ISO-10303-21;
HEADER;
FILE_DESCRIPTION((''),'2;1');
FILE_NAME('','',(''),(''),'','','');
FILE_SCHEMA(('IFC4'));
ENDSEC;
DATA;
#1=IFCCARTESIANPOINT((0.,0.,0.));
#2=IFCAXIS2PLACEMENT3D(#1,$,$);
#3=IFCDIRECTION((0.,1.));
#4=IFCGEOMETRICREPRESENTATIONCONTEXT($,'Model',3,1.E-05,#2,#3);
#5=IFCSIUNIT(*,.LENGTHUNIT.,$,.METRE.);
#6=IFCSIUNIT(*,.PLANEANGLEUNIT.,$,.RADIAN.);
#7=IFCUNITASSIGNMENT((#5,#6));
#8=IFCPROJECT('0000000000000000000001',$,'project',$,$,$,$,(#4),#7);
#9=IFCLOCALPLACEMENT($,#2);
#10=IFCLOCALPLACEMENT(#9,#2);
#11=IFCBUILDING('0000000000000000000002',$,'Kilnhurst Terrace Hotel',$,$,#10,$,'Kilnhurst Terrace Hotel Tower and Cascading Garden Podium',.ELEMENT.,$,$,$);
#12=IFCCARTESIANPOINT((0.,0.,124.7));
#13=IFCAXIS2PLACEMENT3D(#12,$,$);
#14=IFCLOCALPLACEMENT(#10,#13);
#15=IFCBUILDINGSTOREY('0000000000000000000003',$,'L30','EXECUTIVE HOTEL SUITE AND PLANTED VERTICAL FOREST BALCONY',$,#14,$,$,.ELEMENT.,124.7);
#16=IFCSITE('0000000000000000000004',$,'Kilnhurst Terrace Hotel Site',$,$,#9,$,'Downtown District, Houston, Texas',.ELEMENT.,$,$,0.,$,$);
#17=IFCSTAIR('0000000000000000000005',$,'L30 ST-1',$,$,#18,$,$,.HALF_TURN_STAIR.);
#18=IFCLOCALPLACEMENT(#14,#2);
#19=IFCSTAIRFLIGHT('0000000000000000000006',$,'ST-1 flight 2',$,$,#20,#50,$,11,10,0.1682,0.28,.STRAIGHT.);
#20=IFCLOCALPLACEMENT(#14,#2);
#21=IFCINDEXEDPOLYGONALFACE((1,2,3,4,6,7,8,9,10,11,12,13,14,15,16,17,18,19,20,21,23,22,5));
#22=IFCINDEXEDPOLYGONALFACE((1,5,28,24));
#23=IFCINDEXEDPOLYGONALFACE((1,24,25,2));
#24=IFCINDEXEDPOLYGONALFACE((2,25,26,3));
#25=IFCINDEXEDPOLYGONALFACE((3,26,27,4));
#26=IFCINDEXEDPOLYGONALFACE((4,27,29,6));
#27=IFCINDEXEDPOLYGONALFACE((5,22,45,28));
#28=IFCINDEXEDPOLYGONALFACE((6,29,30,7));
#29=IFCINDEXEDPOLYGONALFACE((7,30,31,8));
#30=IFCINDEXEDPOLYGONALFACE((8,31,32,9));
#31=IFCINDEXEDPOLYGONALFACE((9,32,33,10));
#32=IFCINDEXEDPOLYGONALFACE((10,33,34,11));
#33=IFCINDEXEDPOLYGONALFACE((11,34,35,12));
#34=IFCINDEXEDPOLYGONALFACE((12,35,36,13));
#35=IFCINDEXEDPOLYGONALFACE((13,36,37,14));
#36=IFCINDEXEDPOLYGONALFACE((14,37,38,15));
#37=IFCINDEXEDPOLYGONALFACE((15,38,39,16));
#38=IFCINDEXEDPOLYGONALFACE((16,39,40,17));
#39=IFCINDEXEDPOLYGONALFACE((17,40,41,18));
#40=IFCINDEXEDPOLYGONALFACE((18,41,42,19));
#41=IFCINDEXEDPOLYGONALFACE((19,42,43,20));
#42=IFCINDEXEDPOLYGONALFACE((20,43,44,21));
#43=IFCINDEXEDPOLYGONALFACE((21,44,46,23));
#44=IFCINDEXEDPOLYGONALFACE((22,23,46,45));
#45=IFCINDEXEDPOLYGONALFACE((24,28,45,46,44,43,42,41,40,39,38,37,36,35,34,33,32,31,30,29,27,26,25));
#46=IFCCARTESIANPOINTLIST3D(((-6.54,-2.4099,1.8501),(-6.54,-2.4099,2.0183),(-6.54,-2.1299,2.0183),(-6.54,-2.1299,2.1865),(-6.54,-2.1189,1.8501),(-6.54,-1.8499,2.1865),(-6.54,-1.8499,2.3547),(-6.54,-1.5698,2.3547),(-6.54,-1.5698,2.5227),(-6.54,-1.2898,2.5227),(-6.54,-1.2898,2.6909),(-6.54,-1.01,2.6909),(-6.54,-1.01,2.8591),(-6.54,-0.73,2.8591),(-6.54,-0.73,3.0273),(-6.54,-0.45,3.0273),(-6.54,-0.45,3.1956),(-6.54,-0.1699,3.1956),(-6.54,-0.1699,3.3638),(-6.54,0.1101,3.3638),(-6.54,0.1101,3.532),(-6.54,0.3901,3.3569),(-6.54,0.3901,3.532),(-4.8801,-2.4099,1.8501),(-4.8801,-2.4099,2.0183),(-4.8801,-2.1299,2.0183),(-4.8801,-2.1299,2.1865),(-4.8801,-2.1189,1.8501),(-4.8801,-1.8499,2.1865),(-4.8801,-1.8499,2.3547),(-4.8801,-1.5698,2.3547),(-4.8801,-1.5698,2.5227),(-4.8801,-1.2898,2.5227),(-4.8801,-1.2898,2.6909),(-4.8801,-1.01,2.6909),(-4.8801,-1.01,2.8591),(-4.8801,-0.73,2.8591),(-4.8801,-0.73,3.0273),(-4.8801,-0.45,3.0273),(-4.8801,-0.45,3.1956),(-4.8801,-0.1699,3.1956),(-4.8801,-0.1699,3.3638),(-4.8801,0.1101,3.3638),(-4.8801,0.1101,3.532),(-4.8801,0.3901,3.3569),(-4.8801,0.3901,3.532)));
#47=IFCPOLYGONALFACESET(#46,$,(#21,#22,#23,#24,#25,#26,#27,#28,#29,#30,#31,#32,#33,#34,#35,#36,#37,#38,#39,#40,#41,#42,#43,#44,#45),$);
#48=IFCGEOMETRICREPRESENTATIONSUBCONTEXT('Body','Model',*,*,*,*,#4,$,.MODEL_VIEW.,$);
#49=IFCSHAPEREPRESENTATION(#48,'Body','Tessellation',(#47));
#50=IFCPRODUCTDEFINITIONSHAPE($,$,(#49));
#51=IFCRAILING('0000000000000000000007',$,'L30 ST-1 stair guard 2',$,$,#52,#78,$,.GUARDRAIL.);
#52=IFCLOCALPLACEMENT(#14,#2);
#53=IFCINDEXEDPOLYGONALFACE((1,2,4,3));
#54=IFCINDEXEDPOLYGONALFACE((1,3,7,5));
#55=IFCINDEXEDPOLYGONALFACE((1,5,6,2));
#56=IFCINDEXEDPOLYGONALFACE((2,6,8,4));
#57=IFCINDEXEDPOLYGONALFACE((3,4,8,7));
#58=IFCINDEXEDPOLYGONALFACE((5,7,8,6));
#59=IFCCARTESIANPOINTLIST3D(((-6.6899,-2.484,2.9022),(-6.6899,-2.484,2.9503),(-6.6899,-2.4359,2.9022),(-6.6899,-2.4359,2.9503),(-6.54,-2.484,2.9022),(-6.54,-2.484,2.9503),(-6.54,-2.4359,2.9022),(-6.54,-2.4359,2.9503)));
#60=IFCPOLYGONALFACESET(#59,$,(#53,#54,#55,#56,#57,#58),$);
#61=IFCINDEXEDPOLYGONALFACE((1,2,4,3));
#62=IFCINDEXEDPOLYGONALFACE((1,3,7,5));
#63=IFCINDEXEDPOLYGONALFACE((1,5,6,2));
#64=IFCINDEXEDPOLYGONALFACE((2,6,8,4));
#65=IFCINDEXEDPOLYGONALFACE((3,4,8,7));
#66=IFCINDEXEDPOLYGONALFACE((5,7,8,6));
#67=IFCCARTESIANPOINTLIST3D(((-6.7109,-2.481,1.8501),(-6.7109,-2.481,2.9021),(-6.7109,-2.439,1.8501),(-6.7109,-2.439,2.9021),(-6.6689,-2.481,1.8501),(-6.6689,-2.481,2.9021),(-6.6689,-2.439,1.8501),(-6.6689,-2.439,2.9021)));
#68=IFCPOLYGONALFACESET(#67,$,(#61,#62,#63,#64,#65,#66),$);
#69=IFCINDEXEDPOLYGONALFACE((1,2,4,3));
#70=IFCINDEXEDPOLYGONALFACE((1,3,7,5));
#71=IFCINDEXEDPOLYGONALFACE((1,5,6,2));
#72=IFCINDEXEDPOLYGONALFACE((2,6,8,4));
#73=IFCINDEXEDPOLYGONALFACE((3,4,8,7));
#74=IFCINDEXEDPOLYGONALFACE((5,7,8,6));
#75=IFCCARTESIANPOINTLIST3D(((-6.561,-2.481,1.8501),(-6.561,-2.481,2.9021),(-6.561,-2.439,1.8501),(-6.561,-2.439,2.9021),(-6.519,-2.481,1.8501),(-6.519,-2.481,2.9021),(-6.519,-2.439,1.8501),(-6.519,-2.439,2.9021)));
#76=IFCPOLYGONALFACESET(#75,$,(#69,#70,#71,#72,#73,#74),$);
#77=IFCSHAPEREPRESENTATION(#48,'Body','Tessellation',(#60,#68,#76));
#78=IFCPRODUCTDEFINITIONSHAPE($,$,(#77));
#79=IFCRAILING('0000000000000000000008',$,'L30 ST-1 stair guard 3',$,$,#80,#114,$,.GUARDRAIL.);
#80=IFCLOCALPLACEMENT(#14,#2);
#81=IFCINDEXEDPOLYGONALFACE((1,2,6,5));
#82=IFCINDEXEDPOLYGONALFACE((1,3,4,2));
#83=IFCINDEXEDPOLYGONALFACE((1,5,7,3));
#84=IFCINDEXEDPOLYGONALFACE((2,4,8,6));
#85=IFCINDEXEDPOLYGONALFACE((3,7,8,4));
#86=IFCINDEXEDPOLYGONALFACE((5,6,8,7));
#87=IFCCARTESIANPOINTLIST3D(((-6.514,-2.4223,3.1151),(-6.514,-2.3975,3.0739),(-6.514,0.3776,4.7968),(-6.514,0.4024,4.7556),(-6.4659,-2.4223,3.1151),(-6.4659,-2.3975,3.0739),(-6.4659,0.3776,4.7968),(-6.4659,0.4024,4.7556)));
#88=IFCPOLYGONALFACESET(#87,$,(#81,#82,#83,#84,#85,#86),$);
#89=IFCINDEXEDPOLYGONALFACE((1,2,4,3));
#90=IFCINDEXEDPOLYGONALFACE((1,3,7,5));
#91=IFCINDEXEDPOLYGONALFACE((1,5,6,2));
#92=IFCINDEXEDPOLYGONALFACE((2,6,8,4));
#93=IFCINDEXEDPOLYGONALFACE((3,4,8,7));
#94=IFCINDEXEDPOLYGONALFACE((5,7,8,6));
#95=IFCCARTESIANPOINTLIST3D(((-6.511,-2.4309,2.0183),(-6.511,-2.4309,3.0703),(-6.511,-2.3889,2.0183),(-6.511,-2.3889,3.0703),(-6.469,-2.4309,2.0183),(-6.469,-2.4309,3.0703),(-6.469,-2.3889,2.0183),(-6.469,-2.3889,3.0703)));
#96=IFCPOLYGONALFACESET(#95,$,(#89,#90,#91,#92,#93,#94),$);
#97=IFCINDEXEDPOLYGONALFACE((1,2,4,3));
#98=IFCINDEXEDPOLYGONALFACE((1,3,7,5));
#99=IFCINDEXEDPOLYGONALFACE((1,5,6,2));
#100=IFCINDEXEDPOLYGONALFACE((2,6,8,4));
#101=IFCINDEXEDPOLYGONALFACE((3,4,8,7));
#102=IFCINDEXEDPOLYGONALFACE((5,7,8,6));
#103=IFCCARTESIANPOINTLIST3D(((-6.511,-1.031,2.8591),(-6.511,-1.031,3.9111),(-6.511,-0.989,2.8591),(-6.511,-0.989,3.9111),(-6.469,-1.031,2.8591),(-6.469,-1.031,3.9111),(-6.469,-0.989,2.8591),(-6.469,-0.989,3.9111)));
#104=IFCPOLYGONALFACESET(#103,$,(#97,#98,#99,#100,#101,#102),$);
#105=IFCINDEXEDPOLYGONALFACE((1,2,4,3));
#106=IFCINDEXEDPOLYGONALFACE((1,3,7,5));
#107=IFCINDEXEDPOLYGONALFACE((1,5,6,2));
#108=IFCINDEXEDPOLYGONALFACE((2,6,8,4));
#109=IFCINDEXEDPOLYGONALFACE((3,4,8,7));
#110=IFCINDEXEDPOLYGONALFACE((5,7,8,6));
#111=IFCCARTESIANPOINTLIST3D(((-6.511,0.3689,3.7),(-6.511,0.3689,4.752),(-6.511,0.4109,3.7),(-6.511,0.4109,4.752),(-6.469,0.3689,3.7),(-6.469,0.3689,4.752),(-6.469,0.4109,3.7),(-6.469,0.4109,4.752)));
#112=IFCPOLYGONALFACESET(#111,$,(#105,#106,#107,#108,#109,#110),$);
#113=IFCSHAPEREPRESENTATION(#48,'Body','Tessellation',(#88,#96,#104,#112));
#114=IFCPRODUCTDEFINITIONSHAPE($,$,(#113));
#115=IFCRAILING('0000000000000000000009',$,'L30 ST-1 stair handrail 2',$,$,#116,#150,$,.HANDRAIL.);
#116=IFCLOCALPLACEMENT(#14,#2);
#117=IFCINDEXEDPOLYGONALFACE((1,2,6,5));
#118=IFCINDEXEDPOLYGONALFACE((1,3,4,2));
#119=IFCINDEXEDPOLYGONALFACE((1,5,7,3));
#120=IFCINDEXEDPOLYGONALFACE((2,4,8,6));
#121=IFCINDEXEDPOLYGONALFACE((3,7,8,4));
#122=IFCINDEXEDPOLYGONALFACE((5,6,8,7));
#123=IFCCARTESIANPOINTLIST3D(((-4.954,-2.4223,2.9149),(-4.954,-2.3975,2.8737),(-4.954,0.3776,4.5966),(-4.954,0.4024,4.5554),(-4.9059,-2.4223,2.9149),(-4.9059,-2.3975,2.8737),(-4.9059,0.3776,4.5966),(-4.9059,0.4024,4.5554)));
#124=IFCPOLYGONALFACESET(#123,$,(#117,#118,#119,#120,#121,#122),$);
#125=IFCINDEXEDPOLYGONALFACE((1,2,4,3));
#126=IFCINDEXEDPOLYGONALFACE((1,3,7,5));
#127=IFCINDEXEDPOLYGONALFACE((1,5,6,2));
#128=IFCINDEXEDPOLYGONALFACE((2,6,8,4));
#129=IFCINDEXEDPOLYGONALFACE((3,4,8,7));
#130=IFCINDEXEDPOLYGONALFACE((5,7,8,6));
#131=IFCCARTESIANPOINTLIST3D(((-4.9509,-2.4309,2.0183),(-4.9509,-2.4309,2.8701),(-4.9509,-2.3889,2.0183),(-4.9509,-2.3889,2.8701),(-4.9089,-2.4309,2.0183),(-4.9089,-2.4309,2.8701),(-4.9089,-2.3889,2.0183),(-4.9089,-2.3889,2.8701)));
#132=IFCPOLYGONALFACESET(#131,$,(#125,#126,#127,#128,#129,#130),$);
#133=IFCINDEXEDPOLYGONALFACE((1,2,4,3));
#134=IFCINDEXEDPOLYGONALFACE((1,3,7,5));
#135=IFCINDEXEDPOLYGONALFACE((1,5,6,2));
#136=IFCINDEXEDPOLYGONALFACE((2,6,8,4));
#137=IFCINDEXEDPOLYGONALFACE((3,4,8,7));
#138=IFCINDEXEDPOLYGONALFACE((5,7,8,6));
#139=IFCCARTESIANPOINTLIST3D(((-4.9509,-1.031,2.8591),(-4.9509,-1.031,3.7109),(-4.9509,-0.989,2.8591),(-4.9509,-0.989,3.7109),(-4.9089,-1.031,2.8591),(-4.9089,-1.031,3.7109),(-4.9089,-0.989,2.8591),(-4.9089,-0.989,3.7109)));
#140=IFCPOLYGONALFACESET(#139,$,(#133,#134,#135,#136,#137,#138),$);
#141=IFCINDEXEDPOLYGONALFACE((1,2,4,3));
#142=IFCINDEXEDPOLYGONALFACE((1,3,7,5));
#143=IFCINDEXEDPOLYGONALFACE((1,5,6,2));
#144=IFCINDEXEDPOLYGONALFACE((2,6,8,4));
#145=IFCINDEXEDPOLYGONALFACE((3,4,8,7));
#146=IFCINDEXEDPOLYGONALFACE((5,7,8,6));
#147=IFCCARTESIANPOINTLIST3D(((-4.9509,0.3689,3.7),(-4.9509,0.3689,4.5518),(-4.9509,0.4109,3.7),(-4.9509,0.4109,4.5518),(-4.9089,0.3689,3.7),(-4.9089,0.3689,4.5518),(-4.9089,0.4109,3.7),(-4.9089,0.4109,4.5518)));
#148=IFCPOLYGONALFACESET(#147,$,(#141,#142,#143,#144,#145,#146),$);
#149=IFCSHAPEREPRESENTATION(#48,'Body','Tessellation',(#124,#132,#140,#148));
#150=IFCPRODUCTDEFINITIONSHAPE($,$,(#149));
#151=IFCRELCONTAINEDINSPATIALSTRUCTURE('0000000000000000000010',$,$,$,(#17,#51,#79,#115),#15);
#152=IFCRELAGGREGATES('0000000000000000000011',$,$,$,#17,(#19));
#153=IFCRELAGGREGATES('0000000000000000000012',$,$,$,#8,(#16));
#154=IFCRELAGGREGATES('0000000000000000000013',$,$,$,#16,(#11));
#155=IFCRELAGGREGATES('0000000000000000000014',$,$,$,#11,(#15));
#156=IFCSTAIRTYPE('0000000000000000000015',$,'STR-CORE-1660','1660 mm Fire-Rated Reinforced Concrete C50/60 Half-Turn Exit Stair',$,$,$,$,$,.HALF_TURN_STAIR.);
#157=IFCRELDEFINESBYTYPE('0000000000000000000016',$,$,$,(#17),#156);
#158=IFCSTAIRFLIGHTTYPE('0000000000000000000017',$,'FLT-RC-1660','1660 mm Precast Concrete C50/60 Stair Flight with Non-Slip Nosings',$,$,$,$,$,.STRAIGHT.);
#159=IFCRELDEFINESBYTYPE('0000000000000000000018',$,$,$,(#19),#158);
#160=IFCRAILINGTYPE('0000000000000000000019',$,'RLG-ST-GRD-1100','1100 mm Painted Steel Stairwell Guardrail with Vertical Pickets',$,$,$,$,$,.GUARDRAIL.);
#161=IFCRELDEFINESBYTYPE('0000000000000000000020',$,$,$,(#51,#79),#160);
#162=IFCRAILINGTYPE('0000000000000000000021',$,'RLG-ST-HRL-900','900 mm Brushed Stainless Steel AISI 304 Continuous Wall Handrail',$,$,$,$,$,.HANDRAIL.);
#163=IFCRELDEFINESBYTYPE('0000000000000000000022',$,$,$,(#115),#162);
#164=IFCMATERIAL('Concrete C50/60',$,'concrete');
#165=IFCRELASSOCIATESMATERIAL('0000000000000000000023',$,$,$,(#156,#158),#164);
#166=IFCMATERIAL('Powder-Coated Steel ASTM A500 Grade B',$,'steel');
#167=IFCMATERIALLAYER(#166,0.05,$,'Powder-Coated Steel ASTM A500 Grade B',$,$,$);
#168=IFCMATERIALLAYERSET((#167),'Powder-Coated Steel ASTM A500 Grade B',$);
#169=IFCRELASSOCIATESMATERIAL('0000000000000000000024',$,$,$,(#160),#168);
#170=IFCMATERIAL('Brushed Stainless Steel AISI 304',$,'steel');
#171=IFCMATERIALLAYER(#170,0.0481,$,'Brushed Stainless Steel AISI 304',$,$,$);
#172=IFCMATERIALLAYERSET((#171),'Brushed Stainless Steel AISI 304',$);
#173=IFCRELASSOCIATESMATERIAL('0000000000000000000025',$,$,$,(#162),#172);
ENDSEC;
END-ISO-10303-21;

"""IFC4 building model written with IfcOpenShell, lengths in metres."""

from ifc_helpers import new_model, si_unit, direction, frame, origin, origin_2d, place, context, subcontext, project, spatial, polyline, rectangle, outline, extrude, material, layer, layer_set, type_object, element, aggregate, save


model = new_model("IFC4")

# Units and contexts
model_context = context("Model", 3, precision=1e-05, world=origin(), true_north=direction((0.0, 1.0)))
body_context = subcontext(model_context, "Body", "Model", "MODEL_VIEW")
ifc_project = project(units=[si_unit("LENGTHUNIT", "METRE"), si_unit("PLANEANGLEUNIT", "RADIAN")], contexts=[model_context])

# Site, building, storey
site_placement = place(None, origin())
site = spatial("IfcSite", under=ifc_project, at=site_placement, Name="Kilnhurst Terrace Hotel Site", LongName="Downtown District, Houston, Texas", CompositionType="ELEMENT", RefElevation=0.0)
building_placement = place(site_placement, origin())
building = spatial("IfcBuilding", under=site, at=building_placement, Name="Kilnhurst Terrace Hotel", LongName="Kilnhurst Terrace Hotel Tower and Cascading Garden Podium", CompositionType="ELEMENT")
storey_placement = place(building_placement, frame((0.0, 0.0, 124.7)))
storey = spatial("IfcBuildingStorey", under=building, at=storey_placement, Name="L30", Description="EXECUTIVE HOTEL SUITE AND PLANTED VERTICAL FOREST BALCONY", CompositionType="ELEMENT", Elevation=124.7)

# Shared definitions
ifc_material_1 = material(Name="Concrete C50/60", Category="concrete")

# Stair, stair flight
stair_type = type_object("IfcStairType", Name="STR-CORE-1660", Description="1660 mm Fire-Rated Reinforced Concrete C50/60 Half-Turn Exit Stair", PredefinedType="HALF_TURN_STAIR", material=ifc_material_1)
stair_placement = place(storey_placement, origin())
stair = element("IfcStair", 1, at=stair_placement, inside=storey, type_object=stair_type, Name="L30 ST-1", PredefinedType="HALF_TURN_STAIR")
stair_flight_type = type_object("IfcStairFlightType", Name="FLT-RC-1660", Description="1660 mm Precast Concrete C50/60 Stair Flight with Non-Slip Nosings", PredefinedType="STRAIGHT", material=ifc_material_1)
stair_flight_placement = place(storey_placement, frame((-5.71, -2.4099, 1.8501), z_axis=(0.0, 0.0, 1.0), x_axis=(0.0, 1.0, 0.0)))
stair_flight = element("IfcStairFlight", 2, at=stair_flight_placement, type_object=stair_flight_type, Name="ST-1 flight 2", NumberOfRisers=11, NumberOfTreads=10, PredefinedType="STRAIGHT", RiserHeight=0.1682, TreadLength=0.28, context=body_context, shape_type="SweptSolid", body=[
    extrude(outline(polyline([(0.0, 0.0), (0.0, 0.1682), (0.28, 0.1682), (0.28, 0.3364), (0.5601, 0.3364), (0.5601, 0.5046), (0.8401, 0.5046), (0.8401, 0.6726), (1.1201, 0.6726), (1.1201, 0.8408), (1.3999, 0.8408), (1.3999, 1.009), (1.6799, 1.009), (1.6799, 1.1772), (1.96, 1.1772), (1.96, 1.3455), (2.24, 1.3455), (2.24, 1.5137), (2.52, 1.5137), (2.52, 1.6819), (2.8, 1.6819), (2.8, 1.8501), (2.8, 1.5068), (0.291, 0.0), (0.0, 0.0)])), frame((0.0, 0.8301, 0.0), z_axis=(0.0, -1.0, 0.0), x_axis=(1.0, 0.0, 0.0)), (0.0, 0.0, 1.0), 1.6599),
])
aggregate(stair, [stair_flight])

# Railings
ifc_material_2 = material(Name="Powder-Coated Steel ASTM A500 Grade B", Category="steel")
ifc_layer_1 = layer(ifc_material_2, 0.05, Name="Powder-Coated Steel ASTM A500 Grade B")
ifc_layer_set_1 = layer_set([ifc_layer_1], Name="Powder-Coated Steel ASTM A500 Grade B")
railing_type_1 = type_object("IfcRailingType", Name="RLG-ST-GRD-1100", Description="1100 mm Painted Steel Stairwell Guardrail with Vertical Pickets", PredefinedType="GUARDRAIL", material=ifc_layer_set_1)
railing_1_placement = place(storey_placement, frame((-6.6899, -2.46, 1.8501)))
element("IfcRailing", 3, at=railing_1_placement, inside=storey, type_object=railing_type_1, Name="L30 ST-1 stair guard 2", PredefinedType="GUARDRAIL", context=body_context, shape_type="SweptSolid", body=[
    extrude(rectangle(XDim=0.0481, YDim=0.0481, at=origin_2d()), frame((0.0, 0.0, 1.0762), z_axis=(1.0, 0.0, 0.0), x_axis=(0.0, 1.0, 0.0)), (0.0, 0.0, 1.0), 0.1499),
    extrude(rectangle(XDim=0.042, YDim=0.042, at=origin_2d()), origin(), (0.0, 0.0, 1.0), 1.052),
    extrude(rectangle(XDim=0.042, YDim=0.042, at=origin_2d()), frame((0.1499, 0.0, 0.0)), (0.0, 0.0, 1.0), 1.052),
])
railing_2_placement = place(storey_placement, frame((-6.49, -2.4099, 2.0183)))
element("IfcRailing", 4, at=railing_2_placement, inside=storey, type_object=railing_type_1, Name="L30 ST-1 stair guard 3", PredefinedType="GUARDRAIL", context=body_context, shape_type="SweptSolid", body=[
    extrude(rectangle(XDim=0.0481, YDim=0.0481, at=origin_2d()), frame((0.0, 0.0, 1.0762), z_axis=(0.0, 0.857255, 0.514891), x_axis=(-1.0, 0.0, 0.0)), (0.0, 0.0, 1.0), 3.2661),
    extrude(rectangle(XDim=0.042, YDim=0.042, at=origin_2d()), origin(), (0.0, 0.0, 1.0), 1.052),
    extrude(rectangle(XDim=0.042, YDim=0.042, at=origin_2d()), frame((0.0, 1.3999, 0.8408)), (0.0, 0.0, 1.0), 1.052),
    extrude(rectangle(XDim=0.042, YDim=0.042, at=origin_2d()), frame((0.0, 2.7998, 1.6816)), (0.0, 0.0, 1.0), 1.052),
])
ifc_material_3 = material(Name="Brushed Stainless Steel AISI 304", Category="steel")
ifc_layer_2 = layer(ifc_material_3, 0.0481, Name="Brushed Stainless Steel AISI 304")
ifc_layer_set_2 = layer_set([ifc_layer_2], Name="Brushed Stainless Steel AISI 304")
railing_type_2 = type_object("IfcRailingType", Name="RLG-ST-HRL-900", Description="900 mm Brushed Stainless Steel AISI 304 Continuous Wall Handrail", PredefinedType="HANDRAIL", material=ifc_layer_set_2)
railing_3_placement = place(storey_placement, frame((-4.9299, -2.4099, 2.0183)))
element("IfcRailing", 5, at=railing_3_placement, inside=storey, type_object=railing_type_2, Name="L30 ST-1 stair handrail 2", PredefinedType="HANDRAIL", context=body_context, shape_type="SweptSolid", body=[
    extrude(rectangle(XDim=0.0481, YDim=0.0481, at=origin_2d()), frame((0.0, 0.0, 0.876), z_axis=(0.0, 0.857255, 0.514891), x_axis=(-1.0, 0.0, 0.0)), (0.0, 0.0, 1.0), 3.2661),
    extrude(rectangle(XDim=0.042, YDim=0.042, at=origin_2d()), origin(), (0.0, 0.0, 1.0), 0.8518),
    extrude(rectangle(XDim=0.042, YDim=0.042, at=origin_2d()), frame((0.0, 1.3999, 0.8408)), (0.0, 0.0, 1.0), 0.8518),
    extrude(rectangle(XDim=0.042, YDim=0.042, at=origin_2d()), frame((0.0, 2.7998, 1.6816)), (0.0, 0.0, 1.0), 0.8518),
])

save(model, "model.ifc")
